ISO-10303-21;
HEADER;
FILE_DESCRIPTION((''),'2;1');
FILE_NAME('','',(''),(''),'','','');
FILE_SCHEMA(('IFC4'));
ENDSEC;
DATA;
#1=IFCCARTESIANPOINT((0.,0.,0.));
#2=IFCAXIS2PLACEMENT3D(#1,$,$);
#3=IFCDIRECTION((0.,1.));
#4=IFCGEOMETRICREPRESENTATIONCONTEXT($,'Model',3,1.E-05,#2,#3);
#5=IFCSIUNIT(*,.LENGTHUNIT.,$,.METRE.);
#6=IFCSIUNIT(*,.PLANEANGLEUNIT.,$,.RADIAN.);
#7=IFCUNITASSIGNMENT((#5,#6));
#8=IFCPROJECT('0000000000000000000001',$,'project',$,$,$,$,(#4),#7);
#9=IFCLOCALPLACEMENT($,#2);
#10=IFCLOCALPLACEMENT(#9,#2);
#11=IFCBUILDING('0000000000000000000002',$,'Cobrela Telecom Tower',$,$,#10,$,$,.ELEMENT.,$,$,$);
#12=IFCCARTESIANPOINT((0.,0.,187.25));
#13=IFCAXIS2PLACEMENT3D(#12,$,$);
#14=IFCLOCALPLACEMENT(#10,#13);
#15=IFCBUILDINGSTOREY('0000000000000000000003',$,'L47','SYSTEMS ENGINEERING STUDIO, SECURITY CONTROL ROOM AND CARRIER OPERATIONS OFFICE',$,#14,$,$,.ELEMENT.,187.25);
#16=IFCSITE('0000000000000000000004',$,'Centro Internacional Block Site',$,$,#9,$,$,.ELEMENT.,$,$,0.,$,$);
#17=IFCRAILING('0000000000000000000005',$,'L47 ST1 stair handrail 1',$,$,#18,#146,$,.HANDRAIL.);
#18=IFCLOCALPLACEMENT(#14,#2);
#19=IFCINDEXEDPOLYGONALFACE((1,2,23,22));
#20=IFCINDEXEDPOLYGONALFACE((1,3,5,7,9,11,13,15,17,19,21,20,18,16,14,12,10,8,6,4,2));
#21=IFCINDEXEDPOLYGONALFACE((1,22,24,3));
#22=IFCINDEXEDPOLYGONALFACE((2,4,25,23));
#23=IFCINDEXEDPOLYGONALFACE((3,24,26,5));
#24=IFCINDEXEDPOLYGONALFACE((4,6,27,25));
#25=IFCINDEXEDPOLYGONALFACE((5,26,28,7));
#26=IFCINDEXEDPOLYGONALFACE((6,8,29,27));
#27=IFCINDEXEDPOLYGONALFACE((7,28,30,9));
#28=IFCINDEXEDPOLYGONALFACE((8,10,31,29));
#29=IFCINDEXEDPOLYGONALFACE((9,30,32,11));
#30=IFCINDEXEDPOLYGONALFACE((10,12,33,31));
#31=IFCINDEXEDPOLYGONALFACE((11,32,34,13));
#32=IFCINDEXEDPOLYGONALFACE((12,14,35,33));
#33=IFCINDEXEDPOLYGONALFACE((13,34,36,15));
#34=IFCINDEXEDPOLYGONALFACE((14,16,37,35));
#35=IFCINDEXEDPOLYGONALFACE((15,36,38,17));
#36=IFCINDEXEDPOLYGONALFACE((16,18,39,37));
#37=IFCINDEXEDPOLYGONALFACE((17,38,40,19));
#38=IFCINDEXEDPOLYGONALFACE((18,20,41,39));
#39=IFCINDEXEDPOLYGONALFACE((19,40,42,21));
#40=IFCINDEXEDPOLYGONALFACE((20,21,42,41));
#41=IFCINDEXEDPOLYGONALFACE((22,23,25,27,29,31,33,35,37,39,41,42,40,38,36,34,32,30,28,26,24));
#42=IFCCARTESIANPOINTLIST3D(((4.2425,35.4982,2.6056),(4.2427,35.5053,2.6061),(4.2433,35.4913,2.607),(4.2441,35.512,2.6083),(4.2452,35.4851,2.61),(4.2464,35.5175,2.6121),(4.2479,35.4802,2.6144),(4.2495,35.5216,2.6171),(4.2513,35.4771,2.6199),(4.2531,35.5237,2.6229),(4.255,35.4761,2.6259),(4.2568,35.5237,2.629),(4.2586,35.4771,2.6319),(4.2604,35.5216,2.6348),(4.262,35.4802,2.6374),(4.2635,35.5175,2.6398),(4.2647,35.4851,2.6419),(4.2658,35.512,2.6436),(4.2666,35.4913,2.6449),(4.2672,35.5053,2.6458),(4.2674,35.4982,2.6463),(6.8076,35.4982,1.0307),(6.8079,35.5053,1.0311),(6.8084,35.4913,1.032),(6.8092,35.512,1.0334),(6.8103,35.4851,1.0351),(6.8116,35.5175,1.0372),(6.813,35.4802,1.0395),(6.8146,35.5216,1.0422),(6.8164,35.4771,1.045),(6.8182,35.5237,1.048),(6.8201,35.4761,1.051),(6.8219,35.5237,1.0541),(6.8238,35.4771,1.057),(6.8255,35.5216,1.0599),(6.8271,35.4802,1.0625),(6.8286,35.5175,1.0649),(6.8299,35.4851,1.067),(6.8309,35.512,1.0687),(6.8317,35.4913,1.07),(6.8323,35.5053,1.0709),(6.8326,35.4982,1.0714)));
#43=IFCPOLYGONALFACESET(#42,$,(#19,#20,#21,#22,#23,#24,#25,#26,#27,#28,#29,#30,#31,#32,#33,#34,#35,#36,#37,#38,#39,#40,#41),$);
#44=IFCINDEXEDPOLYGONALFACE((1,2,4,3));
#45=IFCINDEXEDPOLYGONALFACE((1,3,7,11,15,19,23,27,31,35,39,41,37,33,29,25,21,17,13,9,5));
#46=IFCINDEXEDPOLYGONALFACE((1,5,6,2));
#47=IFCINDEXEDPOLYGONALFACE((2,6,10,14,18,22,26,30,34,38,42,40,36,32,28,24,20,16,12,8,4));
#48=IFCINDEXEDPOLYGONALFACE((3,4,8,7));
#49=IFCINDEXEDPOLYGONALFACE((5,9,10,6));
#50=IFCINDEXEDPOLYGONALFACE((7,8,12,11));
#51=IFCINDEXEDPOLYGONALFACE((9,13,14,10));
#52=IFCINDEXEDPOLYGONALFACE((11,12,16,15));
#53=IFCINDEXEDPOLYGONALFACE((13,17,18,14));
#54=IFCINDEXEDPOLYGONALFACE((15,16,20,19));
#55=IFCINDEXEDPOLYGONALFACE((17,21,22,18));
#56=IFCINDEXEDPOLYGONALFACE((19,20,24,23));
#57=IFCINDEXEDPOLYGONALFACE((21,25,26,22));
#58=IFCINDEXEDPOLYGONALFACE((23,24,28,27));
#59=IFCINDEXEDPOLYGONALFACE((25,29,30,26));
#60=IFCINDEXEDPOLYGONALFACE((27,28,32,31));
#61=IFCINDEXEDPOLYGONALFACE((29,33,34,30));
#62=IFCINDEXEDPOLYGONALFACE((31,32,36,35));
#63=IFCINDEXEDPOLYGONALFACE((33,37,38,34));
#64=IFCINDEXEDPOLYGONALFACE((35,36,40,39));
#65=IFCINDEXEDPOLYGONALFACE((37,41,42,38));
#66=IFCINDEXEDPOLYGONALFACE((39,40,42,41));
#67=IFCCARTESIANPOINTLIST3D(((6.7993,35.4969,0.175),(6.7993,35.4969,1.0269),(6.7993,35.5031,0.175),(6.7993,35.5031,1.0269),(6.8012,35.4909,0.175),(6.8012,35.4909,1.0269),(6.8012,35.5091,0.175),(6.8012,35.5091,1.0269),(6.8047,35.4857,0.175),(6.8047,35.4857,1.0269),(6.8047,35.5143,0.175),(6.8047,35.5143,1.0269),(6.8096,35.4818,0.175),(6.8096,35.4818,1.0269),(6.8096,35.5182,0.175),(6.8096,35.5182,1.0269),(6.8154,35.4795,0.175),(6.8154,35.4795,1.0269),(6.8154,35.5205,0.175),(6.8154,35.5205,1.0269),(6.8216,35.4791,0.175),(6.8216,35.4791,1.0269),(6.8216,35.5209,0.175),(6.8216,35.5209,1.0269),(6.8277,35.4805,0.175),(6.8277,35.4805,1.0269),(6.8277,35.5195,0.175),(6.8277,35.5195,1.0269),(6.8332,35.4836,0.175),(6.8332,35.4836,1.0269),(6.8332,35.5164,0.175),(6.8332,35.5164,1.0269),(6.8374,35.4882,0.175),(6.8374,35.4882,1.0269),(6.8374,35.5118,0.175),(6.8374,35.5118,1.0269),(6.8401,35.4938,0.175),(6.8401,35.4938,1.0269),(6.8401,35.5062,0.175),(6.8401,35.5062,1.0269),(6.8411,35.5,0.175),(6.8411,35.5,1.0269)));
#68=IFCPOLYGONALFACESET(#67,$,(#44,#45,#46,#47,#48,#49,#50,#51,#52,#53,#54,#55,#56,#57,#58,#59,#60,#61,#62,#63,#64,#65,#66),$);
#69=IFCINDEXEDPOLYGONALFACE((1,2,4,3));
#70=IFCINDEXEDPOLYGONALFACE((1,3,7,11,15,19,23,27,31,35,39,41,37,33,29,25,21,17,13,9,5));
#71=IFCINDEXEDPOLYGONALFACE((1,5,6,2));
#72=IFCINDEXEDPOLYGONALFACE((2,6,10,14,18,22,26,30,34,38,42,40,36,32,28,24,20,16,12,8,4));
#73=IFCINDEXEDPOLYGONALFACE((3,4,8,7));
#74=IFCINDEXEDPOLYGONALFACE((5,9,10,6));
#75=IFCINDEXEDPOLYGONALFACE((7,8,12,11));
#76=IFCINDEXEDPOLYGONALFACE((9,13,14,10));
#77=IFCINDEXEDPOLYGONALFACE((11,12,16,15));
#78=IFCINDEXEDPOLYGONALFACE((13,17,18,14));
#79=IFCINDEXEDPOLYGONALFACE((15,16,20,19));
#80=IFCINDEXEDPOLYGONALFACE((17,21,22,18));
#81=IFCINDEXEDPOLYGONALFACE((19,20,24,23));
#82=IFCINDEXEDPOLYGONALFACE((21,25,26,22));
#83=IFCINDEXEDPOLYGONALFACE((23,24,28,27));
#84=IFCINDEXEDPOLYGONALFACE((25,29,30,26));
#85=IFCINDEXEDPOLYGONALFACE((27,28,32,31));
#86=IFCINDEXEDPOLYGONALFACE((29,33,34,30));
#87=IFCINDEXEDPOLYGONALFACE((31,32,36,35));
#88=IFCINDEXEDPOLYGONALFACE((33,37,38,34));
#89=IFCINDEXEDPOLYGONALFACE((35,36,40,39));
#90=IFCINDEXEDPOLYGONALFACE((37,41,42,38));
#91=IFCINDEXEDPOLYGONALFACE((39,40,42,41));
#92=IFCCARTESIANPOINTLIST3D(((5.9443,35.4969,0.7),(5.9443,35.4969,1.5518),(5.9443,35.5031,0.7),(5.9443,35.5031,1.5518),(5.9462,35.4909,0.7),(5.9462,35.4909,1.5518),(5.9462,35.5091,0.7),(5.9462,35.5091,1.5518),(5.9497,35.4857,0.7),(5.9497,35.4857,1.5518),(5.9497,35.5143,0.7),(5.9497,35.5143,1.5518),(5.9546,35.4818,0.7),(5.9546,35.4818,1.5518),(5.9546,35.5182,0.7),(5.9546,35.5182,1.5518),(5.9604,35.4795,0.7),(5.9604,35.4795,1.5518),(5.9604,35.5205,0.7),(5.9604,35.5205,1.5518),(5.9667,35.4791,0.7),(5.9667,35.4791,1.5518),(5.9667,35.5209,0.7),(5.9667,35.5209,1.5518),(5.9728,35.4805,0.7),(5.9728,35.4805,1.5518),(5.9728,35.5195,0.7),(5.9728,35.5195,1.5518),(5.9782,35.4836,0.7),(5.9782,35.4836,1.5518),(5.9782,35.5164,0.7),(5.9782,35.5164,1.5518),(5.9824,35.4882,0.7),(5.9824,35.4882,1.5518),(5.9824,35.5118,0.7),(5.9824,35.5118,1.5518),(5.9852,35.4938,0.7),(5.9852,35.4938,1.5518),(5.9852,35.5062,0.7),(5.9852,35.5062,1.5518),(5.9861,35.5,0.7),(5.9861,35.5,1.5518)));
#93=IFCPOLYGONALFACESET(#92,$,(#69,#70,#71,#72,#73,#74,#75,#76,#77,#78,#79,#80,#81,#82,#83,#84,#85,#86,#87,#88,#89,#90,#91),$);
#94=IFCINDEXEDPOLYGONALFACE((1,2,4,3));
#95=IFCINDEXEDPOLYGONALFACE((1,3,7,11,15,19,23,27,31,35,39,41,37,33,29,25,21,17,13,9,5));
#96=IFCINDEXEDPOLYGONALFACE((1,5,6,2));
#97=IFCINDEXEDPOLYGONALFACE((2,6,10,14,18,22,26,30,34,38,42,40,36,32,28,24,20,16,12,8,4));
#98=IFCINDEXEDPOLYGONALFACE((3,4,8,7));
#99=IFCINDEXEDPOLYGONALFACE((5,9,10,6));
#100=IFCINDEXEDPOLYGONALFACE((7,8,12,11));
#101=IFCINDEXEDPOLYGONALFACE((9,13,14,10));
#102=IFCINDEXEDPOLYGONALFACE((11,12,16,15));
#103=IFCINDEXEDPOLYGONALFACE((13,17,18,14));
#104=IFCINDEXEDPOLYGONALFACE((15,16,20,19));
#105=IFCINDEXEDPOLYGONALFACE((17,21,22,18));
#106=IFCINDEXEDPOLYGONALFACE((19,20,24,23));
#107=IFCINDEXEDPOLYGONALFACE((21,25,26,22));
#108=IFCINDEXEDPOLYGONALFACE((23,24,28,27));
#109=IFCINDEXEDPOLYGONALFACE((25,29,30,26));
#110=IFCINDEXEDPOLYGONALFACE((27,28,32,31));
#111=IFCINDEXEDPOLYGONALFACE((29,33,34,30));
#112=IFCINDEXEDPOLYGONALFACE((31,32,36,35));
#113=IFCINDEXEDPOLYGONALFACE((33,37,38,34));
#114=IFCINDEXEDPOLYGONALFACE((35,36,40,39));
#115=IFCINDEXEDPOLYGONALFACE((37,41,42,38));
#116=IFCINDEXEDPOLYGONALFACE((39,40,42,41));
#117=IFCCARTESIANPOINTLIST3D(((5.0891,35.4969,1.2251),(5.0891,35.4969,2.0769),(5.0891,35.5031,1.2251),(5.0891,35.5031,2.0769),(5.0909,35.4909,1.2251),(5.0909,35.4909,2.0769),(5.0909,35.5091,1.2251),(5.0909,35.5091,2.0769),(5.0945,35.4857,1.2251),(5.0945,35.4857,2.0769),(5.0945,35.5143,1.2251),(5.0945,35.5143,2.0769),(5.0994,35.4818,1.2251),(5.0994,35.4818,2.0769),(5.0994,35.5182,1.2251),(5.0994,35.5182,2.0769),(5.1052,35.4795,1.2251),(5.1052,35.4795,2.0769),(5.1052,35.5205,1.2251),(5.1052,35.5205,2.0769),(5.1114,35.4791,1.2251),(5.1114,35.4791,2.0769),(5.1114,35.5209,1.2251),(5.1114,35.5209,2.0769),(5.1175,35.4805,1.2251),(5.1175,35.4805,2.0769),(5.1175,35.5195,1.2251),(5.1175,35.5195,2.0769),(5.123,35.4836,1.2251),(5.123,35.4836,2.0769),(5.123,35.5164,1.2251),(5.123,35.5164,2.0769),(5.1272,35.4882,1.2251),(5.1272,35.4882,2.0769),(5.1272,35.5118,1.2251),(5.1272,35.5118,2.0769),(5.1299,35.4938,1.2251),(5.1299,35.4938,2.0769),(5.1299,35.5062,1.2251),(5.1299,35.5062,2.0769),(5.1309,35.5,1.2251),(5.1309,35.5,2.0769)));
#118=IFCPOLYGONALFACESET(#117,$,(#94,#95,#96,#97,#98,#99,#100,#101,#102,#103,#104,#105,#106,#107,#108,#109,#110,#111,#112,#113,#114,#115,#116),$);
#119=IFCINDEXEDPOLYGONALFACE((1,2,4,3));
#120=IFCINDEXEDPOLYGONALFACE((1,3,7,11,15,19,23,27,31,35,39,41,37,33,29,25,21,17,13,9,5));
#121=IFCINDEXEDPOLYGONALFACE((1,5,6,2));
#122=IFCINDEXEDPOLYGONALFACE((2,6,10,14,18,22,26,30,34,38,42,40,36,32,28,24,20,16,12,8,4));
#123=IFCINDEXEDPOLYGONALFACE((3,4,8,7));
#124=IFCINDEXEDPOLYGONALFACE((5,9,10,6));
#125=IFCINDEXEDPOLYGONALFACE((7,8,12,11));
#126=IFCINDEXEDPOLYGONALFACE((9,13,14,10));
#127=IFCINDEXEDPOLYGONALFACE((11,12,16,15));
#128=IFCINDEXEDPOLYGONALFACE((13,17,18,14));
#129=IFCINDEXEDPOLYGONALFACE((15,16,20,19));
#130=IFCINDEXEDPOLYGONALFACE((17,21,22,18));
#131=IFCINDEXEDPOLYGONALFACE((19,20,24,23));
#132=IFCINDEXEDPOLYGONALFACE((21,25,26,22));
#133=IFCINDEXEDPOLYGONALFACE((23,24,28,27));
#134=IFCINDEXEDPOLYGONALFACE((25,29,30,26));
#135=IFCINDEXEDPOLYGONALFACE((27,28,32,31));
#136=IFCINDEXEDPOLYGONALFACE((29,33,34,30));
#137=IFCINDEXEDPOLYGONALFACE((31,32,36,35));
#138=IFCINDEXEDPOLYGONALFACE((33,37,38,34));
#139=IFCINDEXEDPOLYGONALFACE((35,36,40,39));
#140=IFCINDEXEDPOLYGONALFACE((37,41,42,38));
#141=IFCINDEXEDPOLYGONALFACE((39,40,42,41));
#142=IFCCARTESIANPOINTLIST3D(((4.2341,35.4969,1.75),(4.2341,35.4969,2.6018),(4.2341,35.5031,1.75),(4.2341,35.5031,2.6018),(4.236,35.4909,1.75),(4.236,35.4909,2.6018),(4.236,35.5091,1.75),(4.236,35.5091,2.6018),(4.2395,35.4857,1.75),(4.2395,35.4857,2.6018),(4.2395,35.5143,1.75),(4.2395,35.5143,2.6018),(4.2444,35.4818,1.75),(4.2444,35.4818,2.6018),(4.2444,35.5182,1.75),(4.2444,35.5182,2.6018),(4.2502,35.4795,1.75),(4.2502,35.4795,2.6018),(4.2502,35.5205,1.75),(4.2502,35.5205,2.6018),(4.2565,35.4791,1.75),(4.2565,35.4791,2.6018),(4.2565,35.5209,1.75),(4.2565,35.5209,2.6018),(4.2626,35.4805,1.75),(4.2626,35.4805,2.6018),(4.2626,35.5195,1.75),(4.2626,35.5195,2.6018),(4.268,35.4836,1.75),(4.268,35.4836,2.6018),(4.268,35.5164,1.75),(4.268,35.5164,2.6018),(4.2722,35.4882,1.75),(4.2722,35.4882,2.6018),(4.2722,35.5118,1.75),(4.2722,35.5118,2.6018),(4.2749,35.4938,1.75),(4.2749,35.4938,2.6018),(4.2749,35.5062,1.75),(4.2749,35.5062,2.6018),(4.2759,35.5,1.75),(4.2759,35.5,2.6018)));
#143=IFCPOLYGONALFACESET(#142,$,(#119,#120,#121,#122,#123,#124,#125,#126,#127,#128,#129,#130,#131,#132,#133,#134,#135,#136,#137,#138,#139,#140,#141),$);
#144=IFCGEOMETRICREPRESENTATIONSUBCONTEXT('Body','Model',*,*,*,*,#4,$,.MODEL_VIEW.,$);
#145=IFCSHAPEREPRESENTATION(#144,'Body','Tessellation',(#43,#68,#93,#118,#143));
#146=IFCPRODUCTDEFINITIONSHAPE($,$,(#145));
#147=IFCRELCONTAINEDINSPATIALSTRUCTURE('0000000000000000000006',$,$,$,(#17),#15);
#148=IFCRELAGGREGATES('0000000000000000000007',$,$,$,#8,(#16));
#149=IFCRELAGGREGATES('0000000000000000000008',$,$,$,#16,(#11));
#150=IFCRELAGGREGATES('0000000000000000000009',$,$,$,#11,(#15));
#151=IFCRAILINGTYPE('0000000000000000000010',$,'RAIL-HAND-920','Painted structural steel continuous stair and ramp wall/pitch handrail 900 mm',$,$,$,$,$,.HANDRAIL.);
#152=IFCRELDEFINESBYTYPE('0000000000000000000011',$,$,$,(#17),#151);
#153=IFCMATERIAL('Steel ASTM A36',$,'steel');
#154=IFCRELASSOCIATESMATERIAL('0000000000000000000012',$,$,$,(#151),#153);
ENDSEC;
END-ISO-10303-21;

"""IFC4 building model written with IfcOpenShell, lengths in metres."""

from ifc_helpers import new_model, si_unit, direction, frame, origin, origin_2d, place, context, subcontext, project, spatial, circle, extrude, material, type_object, element, save


model = new_model("IFC4")

# Units and contexts
model_context = context("Model", 3, precision=1e-05, world=origin(), true_north=direction((0.0, 1.0)))
body_context = subcontext(model_context, "Body", "Model", "MODEL_VIEW")
ifc_project = project(units=[si_unit("LENGTHUNIT", "METRE"), si_unit("PLANEANGLEUNIT", "RADIAN")], contexts=[model_context])

# Site, building, storey
site_placement = place(None, origin())
site = spatial("IfcSite", under=ifc_project, at=site_placement, Name="Centro Internacional Block Site", CompositionType="ELEMENT", RefElevation=0.0)
building_placement = place(site_placement, origin())
building = spatial("IfcBuilding", under=site, at=building_placement, Name="Cobrela Telecom Tower", CompositionType="ELEMENT")
storey_placement = place(building_placement, frame((0.0, 0.0, 187.25)))
storey = spatial("IfcBuildingStorey", under=building, at=storey_placement, Name="L47", Description="SYSTEMS ENGINEERING STUDIO, SECURITY CONTROL ROOM AND CARRIER OPERATIONS OFFICE", CompositionType="ELEMENT", Elevation=187.25)

# Shared definitions
ifc_material_1 = material(Name="Steel ASTM A36", Category="steel")

# Railing
railing_type_1 = type_object("IfcRailingType", Name="RAIL-HAND-920", Description="Painted structural steel continuous stair and ramp wall/pitch handrail 900 mm", PredefinedType="HANDRAIL", material=ifc_material_1)
railing_1_placement = place(storey_placement, frame((6.8201, 35.5, 0.175)))
element("IfcRailing", 1, at=railing_1_placement, inside=storey, type_object=railing_type_1, Name="L47 ST1 stair handrail 1", PredefinedType="HANDRAIL", context=body_context, shape_type="SweptSolid", body=[
    extrude(circle(Radius=0.0239, at=origin_2d()), frame((0.0, 0.0, 0.876), z_axis=(-0.852195, 0.0, 0.523224), x_axis=(0.0, -1.0, 0.0)), (0.0, 0.0, 1.0), 3.01),
    extrude(circle(Radius=0.021, at=origin_2d()), origin(), (0.0, 0.0, 1.0), 0.8518),
    extrude(circle(Radius=0.021, at=origin_2d()), frame((-0.855, 0.0, 0.5249)), (0.0, 0.0, 1.0), 0.8518),
    extrude(circle(Radius=0.021, at=origin_2d()), frame((-1.7102, 0.0, 1.05)), (0.0, 0.0, 1.0), 0.8518),
    extrude(circle(Radius=0.021, at=origin_2d()), frame((-2.5652, 0.0, 1.575)), (0.0, 0.0, 1.0), 0.8518),
])

save(model, "model.ifc")
